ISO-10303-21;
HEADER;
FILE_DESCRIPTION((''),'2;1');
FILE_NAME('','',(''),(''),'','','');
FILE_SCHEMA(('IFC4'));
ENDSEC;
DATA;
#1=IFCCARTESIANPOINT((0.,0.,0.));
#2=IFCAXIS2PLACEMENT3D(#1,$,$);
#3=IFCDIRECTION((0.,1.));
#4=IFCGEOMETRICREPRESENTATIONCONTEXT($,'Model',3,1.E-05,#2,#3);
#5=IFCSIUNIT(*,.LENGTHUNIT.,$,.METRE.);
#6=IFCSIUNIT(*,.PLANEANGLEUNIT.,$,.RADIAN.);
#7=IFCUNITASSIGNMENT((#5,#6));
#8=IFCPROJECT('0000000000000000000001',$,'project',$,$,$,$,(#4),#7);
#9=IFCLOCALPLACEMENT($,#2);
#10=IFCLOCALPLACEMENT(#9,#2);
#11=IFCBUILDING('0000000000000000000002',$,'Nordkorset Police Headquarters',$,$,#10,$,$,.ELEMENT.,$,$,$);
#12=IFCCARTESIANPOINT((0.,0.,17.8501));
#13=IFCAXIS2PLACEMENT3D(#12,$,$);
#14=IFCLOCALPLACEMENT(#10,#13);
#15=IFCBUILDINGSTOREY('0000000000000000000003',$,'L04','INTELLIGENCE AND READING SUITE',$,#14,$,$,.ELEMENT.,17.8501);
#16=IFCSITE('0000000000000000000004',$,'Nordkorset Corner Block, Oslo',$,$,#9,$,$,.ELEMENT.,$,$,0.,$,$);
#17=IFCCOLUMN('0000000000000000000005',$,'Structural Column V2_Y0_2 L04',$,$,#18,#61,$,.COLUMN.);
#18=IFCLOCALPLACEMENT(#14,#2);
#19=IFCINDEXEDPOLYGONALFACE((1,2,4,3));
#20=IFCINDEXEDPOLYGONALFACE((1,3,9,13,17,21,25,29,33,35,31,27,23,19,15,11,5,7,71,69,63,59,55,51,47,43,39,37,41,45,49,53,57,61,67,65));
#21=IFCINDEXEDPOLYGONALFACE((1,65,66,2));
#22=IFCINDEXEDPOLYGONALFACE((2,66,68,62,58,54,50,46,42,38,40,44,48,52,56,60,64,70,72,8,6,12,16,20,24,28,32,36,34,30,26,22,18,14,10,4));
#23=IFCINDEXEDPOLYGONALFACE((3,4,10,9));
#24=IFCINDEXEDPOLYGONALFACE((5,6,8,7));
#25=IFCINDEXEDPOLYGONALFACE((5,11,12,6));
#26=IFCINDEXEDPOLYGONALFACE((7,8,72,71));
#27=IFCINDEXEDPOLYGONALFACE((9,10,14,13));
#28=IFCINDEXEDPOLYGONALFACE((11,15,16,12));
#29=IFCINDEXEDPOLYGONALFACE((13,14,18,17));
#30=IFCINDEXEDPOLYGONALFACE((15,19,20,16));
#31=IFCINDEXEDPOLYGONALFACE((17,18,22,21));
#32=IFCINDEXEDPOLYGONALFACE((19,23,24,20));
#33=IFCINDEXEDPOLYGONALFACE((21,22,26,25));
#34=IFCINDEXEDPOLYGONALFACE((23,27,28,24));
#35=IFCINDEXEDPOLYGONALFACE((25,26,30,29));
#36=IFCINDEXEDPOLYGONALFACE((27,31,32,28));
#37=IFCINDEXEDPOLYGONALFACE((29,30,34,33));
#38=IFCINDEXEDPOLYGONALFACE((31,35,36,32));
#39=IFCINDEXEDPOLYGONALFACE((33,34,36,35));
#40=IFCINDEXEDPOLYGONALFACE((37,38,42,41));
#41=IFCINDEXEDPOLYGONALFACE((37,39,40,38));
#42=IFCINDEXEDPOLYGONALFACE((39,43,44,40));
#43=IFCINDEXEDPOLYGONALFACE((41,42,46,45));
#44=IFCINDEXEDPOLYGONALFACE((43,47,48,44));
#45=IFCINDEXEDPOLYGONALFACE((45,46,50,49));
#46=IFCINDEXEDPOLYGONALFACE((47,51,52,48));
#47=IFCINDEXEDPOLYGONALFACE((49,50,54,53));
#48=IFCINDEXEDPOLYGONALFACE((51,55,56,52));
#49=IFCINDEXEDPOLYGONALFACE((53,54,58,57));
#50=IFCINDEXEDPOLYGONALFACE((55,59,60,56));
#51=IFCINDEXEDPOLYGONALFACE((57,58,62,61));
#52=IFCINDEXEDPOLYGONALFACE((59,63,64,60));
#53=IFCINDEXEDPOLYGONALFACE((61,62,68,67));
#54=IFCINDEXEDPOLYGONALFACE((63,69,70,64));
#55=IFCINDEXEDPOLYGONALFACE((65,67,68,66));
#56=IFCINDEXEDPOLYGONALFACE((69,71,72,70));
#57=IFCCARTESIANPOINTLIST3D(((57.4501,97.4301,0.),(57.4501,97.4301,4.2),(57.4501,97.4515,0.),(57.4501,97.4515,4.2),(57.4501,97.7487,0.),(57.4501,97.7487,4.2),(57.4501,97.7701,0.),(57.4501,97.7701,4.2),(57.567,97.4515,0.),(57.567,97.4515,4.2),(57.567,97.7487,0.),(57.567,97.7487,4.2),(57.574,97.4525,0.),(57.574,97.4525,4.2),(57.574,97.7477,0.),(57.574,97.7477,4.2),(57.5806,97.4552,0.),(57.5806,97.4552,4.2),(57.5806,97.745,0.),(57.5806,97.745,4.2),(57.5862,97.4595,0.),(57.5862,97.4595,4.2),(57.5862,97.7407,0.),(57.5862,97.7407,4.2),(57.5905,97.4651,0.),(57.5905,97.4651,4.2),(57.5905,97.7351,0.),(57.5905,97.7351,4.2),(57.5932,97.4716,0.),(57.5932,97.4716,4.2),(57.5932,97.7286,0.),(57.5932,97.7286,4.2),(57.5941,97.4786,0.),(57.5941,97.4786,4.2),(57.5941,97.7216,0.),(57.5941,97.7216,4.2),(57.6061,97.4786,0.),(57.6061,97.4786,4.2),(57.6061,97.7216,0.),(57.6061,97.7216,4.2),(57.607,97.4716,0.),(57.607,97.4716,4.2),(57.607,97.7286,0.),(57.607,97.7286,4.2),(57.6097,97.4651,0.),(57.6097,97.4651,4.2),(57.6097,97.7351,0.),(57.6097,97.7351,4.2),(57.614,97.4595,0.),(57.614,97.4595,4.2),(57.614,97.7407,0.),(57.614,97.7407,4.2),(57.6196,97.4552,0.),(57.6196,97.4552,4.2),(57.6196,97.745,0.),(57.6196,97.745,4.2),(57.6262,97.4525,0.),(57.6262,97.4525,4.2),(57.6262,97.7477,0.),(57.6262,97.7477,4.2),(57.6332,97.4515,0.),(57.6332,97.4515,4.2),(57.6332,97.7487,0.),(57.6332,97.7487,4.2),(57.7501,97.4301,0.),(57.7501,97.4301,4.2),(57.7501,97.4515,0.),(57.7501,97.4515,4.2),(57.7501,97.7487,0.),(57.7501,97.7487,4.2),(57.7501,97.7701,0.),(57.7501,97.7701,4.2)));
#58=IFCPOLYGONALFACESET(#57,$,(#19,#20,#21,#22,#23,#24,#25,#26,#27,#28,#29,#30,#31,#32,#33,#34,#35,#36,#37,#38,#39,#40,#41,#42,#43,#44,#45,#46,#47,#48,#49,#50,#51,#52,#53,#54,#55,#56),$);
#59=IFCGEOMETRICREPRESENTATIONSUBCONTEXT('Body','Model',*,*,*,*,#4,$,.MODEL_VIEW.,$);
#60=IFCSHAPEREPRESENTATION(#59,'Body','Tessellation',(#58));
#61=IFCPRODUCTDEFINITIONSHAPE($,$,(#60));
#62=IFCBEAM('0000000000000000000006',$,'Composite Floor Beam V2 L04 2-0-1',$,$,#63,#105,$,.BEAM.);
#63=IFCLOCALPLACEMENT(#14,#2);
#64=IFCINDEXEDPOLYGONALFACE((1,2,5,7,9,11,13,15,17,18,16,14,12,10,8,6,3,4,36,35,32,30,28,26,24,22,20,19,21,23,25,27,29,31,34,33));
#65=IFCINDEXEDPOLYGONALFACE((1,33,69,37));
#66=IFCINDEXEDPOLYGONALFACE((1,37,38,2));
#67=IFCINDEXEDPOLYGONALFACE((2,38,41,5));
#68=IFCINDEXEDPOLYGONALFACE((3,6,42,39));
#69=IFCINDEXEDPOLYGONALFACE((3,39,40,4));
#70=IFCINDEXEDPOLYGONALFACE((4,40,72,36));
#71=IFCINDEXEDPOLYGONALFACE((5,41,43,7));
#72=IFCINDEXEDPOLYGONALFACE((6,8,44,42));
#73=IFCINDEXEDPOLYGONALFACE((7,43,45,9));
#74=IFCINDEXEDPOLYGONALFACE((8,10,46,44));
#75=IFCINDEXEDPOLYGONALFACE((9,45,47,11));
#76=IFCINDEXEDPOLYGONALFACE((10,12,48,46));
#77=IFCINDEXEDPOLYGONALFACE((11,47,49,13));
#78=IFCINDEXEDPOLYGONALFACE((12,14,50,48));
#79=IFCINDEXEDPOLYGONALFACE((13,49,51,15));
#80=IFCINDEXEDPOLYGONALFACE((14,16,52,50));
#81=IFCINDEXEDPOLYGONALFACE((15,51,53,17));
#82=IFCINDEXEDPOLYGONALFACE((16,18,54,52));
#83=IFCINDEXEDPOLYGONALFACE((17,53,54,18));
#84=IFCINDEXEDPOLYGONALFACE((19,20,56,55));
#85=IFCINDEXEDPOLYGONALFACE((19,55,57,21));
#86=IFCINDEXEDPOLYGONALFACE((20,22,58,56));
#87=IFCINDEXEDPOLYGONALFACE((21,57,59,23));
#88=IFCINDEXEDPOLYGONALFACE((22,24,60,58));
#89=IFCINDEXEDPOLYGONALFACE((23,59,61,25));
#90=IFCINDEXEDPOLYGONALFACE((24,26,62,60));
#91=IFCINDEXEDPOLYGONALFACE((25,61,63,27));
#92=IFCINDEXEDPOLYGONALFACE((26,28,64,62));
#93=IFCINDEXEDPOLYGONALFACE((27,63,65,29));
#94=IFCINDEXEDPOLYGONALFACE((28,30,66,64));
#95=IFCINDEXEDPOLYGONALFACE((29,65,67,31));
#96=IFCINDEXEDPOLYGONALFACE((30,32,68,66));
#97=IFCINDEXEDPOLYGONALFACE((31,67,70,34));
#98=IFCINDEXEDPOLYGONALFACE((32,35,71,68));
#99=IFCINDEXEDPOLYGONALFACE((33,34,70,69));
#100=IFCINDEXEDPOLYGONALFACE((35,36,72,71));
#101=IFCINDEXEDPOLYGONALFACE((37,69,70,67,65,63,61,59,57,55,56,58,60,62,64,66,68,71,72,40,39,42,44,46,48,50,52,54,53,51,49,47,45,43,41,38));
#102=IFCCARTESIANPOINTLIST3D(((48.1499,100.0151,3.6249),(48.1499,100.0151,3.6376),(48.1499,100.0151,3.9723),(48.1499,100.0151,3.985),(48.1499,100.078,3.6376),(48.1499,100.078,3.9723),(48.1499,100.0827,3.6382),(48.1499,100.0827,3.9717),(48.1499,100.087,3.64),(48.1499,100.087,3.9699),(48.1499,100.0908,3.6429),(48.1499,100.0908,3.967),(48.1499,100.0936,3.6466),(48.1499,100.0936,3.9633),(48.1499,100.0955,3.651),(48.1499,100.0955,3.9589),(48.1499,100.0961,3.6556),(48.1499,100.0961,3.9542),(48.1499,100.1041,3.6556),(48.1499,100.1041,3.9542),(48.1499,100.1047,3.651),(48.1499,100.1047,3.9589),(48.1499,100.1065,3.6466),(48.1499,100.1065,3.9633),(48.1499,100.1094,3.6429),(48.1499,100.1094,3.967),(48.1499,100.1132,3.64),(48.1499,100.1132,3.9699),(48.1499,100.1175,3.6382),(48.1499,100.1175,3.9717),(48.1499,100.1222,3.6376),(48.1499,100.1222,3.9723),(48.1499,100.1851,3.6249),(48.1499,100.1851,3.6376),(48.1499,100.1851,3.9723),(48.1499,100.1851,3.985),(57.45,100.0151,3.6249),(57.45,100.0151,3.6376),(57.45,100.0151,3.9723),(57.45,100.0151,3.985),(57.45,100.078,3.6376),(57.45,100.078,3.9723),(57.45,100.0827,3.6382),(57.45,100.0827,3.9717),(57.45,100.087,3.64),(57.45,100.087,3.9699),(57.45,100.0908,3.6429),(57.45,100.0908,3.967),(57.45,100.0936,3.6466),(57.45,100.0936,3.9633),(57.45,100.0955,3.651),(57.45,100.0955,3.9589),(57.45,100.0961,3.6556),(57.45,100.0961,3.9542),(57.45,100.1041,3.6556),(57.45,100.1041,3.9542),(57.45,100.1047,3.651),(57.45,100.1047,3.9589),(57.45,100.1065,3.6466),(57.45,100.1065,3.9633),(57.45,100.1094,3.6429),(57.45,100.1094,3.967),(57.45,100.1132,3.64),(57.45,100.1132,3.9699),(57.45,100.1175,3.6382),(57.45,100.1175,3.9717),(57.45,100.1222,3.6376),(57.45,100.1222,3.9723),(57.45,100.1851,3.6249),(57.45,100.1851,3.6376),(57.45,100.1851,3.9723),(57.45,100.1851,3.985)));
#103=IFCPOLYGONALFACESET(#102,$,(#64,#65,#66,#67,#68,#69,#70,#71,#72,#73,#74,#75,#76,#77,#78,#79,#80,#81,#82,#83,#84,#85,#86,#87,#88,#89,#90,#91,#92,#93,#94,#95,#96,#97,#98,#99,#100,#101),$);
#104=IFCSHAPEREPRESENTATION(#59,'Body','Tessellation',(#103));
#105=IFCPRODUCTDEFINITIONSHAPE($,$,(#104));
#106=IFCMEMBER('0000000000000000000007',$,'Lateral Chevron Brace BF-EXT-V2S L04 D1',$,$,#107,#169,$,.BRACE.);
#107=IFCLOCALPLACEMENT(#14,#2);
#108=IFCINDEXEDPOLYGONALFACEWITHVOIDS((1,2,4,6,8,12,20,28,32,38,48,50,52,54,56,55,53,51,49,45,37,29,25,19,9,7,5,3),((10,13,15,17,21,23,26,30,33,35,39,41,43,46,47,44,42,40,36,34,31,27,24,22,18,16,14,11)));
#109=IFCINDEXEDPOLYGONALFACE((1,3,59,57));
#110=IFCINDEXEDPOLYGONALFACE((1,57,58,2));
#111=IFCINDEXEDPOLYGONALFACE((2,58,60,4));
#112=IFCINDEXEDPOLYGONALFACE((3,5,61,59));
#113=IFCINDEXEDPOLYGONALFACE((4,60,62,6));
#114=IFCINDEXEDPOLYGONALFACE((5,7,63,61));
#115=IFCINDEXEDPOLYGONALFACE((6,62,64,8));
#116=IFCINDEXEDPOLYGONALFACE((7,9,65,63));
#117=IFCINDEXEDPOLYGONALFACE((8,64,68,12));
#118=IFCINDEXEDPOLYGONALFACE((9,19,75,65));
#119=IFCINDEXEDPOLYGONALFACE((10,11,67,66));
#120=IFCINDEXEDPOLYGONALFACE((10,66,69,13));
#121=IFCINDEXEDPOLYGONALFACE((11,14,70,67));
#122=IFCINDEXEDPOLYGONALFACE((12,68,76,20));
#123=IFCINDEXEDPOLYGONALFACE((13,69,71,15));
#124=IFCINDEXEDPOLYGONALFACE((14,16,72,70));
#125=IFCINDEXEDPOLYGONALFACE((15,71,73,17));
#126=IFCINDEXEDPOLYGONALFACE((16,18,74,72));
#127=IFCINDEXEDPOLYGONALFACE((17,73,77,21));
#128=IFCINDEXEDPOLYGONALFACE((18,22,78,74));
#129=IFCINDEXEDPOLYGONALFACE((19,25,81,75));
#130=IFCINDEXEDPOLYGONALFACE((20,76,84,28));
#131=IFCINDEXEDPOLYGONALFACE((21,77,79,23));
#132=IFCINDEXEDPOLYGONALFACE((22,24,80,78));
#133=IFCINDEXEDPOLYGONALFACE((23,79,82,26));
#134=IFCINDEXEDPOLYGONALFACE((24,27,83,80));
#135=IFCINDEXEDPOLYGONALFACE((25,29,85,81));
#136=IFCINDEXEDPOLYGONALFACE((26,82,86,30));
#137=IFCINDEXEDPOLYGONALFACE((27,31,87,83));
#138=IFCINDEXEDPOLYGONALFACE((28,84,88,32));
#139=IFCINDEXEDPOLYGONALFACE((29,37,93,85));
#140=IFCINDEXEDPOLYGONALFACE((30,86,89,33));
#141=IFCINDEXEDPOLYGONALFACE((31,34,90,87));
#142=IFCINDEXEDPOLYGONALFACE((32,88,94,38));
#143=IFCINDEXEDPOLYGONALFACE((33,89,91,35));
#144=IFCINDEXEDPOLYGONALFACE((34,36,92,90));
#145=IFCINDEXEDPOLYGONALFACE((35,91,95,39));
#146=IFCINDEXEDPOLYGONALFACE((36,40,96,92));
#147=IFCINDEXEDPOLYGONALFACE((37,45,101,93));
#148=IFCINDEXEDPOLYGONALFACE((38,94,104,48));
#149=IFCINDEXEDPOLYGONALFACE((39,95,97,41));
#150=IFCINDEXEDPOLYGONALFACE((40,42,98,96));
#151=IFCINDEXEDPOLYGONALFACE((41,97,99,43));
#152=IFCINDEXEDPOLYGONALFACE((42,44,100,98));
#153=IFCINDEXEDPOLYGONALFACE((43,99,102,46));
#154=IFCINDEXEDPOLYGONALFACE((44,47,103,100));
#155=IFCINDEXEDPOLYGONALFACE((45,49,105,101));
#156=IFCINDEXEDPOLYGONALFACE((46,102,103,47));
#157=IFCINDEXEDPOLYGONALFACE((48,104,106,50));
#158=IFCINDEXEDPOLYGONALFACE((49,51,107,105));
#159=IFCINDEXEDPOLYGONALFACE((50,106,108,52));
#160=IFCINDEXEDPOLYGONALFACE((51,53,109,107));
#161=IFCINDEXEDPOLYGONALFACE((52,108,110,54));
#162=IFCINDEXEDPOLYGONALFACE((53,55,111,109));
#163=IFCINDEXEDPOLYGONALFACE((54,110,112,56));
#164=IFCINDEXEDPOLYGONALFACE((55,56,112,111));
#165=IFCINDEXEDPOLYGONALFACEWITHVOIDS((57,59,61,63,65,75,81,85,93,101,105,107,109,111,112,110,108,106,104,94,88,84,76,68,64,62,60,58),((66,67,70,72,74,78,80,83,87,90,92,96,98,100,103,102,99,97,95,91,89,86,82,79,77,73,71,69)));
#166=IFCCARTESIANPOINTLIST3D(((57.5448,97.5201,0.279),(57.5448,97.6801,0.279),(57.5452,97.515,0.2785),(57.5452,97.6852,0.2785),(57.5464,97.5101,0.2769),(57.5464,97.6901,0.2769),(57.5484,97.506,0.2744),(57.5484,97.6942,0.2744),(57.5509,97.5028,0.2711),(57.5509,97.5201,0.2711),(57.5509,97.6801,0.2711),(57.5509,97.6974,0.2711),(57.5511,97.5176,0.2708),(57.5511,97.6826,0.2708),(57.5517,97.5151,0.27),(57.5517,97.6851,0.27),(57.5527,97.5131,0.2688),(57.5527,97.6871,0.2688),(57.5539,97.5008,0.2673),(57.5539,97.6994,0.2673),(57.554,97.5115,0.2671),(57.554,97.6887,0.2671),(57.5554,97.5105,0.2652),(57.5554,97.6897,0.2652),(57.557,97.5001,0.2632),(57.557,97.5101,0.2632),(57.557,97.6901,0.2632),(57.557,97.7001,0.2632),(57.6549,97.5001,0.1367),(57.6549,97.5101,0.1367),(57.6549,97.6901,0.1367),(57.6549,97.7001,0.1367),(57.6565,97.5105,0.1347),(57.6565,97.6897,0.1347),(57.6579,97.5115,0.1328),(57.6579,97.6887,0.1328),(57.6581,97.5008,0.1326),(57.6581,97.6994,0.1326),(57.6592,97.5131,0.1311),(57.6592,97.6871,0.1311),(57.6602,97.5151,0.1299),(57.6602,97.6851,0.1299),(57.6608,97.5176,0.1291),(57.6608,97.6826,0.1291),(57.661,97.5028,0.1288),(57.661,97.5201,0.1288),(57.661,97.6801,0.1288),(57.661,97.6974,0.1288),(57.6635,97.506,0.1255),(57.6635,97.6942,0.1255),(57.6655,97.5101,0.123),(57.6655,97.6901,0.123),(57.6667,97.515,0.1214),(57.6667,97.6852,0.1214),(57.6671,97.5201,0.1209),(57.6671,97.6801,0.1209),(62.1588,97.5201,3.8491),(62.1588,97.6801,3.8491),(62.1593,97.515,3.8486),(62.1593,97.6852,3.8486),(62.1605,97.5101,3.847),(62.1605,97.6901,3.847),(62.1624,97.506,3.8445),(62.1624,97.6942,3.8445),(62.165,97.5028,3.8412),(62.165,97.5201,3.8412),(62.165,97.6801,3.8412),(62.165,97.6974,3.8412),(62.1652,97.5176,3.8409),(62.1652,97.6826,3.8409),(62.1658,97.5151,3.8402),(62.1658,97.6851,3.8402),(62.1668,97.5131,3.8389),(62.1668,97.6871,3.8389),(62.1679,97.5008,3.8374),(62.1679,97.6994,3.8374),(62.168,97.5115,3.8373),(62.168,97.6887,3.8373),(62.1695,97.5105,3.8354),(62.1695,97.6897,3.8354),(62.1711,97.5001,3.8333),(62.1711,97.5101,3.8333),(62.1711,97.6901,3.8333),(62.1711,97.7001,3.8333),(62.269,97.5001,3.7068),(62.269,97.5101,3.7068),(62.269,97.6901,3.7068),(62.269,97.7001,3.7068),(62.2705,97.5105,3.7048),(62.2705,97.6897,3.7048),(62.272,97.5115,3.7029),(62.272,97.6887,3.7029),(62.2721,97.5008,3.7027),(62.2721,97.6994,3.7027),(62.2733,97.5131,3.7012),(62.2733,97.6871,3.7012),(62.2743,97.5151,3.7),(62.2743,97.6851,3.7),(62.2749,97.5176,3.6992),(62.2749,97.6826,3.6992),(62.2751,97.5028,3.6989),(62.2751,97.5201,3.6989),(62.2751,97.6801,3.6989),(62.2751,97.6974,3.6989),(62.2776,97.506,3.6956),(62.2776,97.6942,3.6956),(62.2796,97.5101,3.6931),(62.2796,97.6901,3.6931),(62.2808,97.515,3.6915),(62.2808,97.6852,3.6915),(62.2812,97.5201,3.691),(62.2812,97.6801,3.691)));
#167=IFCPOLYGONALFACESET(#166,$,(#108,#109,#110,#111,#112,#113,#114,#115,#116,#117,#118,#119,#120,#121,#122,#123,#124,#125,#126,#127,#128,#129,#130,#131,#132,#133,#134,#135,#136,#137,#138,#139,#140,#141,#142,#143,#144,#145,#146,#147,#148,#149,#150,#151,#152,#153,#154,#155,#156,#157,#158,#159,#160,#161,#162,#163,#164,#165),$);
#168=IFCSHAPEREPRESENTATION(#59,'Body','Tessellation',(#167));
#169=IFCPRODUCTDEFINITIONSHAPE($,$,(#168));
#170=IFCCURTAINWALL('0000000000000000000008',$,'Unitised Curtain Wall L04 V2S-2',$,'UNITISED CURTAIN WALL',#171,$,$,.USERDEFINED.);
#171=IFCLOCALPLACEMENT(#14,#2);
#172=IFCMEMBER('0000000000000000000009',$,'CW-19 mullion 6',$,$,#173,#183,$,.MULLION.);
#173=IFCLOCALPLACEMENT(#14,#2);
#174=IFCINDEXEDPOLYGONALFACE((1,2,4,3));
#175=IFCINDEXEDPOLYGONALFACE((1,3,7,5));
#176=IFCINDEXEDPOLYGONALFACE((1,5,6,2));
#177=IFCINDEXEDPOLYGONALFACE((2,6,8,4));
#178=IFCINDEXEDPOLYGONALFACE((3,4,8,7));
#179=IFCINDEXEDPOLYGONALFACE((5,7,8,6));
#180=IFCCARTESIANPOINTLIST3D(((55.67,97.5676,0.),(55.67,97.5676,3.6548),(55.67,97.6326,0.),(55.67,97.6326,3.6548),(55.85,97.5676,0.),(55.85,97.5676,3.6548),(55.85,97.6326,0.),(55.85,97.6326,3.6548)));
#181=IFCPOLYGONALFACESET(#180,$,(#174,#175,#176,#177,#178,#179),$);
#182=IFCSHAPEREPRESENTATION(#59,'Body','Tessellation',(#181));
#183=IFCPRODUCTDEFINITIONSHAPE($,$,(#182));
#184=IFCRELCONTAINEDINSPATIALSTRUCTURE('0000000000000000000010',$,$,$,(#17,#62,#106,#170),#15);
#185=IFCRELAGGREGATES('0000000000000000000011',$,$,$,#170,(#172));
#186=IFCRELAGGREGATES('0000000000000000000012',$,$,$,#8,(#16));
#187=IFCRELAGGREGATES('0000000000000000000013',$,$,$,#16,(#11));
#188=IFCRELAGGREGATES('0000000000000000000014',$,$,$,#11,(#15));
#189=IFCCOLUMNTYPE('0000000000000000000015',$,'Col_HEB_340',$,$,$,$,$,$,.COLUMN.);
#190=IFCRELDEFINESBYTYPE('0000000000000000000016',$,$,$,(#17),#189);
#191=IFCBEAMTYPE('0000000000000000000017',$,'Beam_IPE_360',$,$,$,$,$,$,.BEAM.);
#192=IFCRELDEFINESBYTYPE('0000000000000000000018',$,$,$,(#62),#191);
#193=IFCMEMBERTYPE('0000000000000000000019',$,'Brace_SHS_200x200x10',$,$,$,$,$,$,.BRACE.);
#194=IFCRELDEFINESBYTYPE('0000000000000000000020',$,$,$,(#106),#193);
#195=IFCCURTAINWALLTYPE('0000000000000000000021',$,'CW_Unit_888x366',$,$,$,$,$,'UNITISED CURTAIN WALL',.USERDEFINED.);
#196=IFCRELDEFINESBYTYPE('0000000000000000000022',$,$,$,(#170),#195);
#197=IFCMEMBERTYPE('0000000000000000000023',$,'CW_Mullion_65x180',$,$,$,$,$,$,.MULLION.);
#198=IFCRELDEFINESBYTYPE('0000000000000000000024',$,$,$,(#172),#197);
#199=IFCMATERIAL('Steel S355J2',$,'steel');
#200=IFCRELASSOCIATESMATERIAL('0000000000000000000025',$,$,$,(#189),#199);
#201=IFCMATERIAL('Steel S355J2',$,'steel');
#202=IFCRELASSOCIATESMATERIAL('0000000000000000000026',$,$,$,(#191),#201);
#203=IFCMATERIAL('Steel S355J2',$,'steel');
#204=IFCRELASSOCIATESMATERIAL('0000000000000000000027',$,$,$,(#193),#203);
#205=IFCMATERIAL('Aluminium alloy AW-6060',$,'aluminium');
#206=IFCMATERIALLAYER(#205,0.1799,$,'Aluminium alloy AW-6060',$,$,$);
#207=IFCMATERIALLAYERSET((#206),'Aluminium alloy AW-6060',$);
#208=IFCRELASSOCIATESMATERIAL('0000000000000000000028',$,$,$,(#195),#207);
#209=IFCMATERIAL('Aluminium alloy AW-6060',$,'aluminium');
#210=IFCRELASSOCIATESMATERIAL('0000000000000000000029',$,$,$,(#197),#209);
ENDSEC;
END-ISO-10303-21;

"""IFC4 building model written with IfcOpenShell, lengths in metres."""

from ifc_helpers import new_model, si_unit, direction, frame, origin, origin_2d, place, context, subcontext, project, spatial, rectangle, hollow_rectangle, i_section, extrude, material, layer, layer_set, material_profile, profile_set, type_object, element, aggregate, save


model = new_model("IFC4")

# Units and contexts
model_context = context("Model", 3, precision=1e-05, world=origin(), true_north=direction((0.0, 1.0)))
body_context = subcontext(model_context, "Body", "Model", "MODEL_VIEW")
ifc_project = project(units=[si_unit("LENGTHUNIT", "METRE"), si_unit("PLANEANGLEUNIT", "RADIAN")], contexts=[model_context])

# Site, building, storey
site_placement = place(None, origin())
site = spatial("IfcSite", under=ifc_project, at=site_placement, Name="Nordkorset Corner Block, Oslo", CompositionType="ELEMENT", RefElevation=0.0)
building_placement = place(site_placement, origin())
building = spatial("IfcBuilding", under=site, at=building_placement, Name="Nordkorset Police Headquarters", CompositionType="ELEMENT")
storey_placement = place(building_placement, frame((0.0, 0.0, 17.8501)))
storey = spatial("IfcBuildingStorey", under=building, at=storey_placement, Name="L04", Description="INTELLIGENCE AND READING SUITE", CompositionType="ELEMENT", Elevation=17.8501)

# Column
ifc_material_1 = material(Name="Steel S355J2", Category="steel")
ifc_material_profile_1 = material_profile(ifc_material_1, i_section(OverallWidth=0.3, OverallDepth=0.3401, WebThickness=0.012, FlangeThickness=0.0215, FilletRadius=0.0271, at=origin_2d()), Name="HEB 340")
ifc_profile_set_1 = profile_set([ifc_material_profile_1], Name="Steel S355J2")
column_type = type_object("IfcColumnType", Name="Col_HEB_340", PredefinedType="COLUMN", material=ifc_profile_set_1)
column_placement = place(storey_placement, frame((57.6001, 97.6001, 0.0), z_axis=(0.0, 0.0, 1.0), x_axis=(1.0, 0.0, 0.0)))
element("IfcColumn", 1, at=column_placement, inside=storey, type_object=column_type, Name="Structural Column V2_Y0_2 L04", PredefinedType="COLUMN", context=body_context, shape_type="SweptSolid", body=[
    extrude(i_section(OverallWidth=0.3, OverallDepth=0.3401, WebThickness=0.012, FlangeThickness=0.0215, FilletRadius=0.0271, at=origin_2d()), origin(), (0.0, 0.0, 1.0), 4.2),
])

# Beam
ifc_material_2 = material(Name="Steel S355J2", Category="steel")
ifc_material_profile_2 = material_profile(ifc_material_2, i_section(OverallWidth=0.1699, OverallDepth=0.3601, WebThickness=0.0081, FlangeThickness=0.0127, FilletRadius=0.0181, at=origin_2d()), Name="IPE 360")
ifc_profile_set_2 = profile_set([ifc_material_profile_2], Name="Steel S355J2")
beam_type_1 = type_object("IfcBeamType", Name="Beam_IPE_360", PredefinedType="BEAM", material=ifc_profile_set_2)
beam_1_placement = place(storey_placement, frame((48.1499, 100.1001, 3.8049), z_axis=(1.0, 0.0, 0.0), x_axis=(0.0, 1.0, 0.0)))
element("IfcBeam", 2, at=beam_1_placement, inside=storey, type_object=beam_type_1, Name="Composite Floor Beam V2 L04 2-0-1", PredefinedType="BEAM", context=body_context, shape_type="SweptSolid", body=[
    extrude(i_section(OverallWidth=0.1699, OverallDepth=0.3601, WebThickness=0.0081, FlangeThickness=0.0127, FilletRadius=0.0181, at=origin_2d()), origin(), (0.0, 0.0, 1.0), 9.3),
])

# Member
ifc_material_3 = material(Name="Steel S355J2", Category="steel")
ifc_material_profile_3 = material_profile(ifc_material_3, hollow_rectangle(XDim=0.2, YDim=0.2, WallThickness=0.01, InnerFilletRadius=0.01, OuterFilletRadius=0.02, at=origin_2d()), Name="SHS 200x200x10")
ifc_profile_set_3 = profile_set([ifc_material_profile_3], Name="Steel S355J2")
member_type_1 = type_object("IfcMemberType", Name="Brace_SHS_200x200x10", PredefinedType="BRACE", material=ifc_profile_set_3)
member_1_placement = place(storey_placement, frame((57.606, 97.6001, 0.2), z_axis=(0.790896, 0.0, 0.611951), x_axis=(0.0, 1.0, 0.0)))
element("IfcMember", 3, at=member_1_placement, inside=storey, type_object=member_type_1, Name="Lateral Chevron Brace BF-EXT-V2S L04 D1", PredefinedType="BRACE", context=body_context, shape_type="SweptSolid", body=[
    extrude(hollow_rectangle(XDim=0.2, YDim=0.2, WallThickness=0.01, InnerFilletRadius=0.01, OuterFilletRadius=0.02, at=origin_2d()), origin(), (0.0, 0.0, 1.0), 5.834),
])

# Curtain wall, member
ifc_material_4 = material(Name="Aluminium alloy AW-6060", Category="aluminium")
ifc_layer_1 = layer(ifc_material_4, 0.1799, Name="Aluminium alloy AW-6060")
ifc_layer_set_1 = layer_set([ifc_layer_1], Name="Aluminium alloy AW-6060")
curtain_wall_type = type_object("IfcCurtainWallType", Name="CW_Unit_888x366", ElementType="UNITISED CURTAIN WALL", PredefinedType="USERDEFINED", material=ifc_layer_set_1)
curtain_wall_placement = place(storey_placement, origin())
curtain_wall = element("IfcCurtainWall", 4, at=curtain_wall_placement, inside=storey, type_object=curtain_wall_type, Name="Unitised Curtain Wall L04 V2S-2", ObjectType="UNITISED CURTAIN WALL", PredefinedType="USERDEFINED")
ifc_material_5 = material(Name="Aluminium alloy AW-6060", Category="aluminium")
ifc_material_profile_4 = material_profile(ifc_material_5, rectangle(XDim=0.0649, YDim=0.1799, at=origin_2d()), Name="ALU MULL 65x180")
ifc_profile_set_4 = profile_set([ifc_material_profile_4], Name="Aluminium alloy AW-6060")
member_type_2 = type_object("IfcMemberType", Name="CW_Mullion_65x180", PredefinedType="MULLION", material=ifc_profile_set_4)
member_2_placement = place(storey_placement, frame((55.76, 97.6001, 0.0), z_axis=(0.0, 0.0, 1.0), x_axis=(0.0, 1.0, 0.0)))
member_2 = element("IfcMember", 5, at=member_2_placement, type_object=member_type_2, Name="CW-19 mullion 6", PredefinedType="MULLION", context=body_context, shape_type="SweptSolid", body=[
    extrude(rectangle(XDim=0.0649, YDim=0.1799, at=origin_2d()), origin(), (0.0, 0.0, 1.0), 3.6548),
])

aggregate(curtain_wall, [member_2])

save(model, "model.ifc")
